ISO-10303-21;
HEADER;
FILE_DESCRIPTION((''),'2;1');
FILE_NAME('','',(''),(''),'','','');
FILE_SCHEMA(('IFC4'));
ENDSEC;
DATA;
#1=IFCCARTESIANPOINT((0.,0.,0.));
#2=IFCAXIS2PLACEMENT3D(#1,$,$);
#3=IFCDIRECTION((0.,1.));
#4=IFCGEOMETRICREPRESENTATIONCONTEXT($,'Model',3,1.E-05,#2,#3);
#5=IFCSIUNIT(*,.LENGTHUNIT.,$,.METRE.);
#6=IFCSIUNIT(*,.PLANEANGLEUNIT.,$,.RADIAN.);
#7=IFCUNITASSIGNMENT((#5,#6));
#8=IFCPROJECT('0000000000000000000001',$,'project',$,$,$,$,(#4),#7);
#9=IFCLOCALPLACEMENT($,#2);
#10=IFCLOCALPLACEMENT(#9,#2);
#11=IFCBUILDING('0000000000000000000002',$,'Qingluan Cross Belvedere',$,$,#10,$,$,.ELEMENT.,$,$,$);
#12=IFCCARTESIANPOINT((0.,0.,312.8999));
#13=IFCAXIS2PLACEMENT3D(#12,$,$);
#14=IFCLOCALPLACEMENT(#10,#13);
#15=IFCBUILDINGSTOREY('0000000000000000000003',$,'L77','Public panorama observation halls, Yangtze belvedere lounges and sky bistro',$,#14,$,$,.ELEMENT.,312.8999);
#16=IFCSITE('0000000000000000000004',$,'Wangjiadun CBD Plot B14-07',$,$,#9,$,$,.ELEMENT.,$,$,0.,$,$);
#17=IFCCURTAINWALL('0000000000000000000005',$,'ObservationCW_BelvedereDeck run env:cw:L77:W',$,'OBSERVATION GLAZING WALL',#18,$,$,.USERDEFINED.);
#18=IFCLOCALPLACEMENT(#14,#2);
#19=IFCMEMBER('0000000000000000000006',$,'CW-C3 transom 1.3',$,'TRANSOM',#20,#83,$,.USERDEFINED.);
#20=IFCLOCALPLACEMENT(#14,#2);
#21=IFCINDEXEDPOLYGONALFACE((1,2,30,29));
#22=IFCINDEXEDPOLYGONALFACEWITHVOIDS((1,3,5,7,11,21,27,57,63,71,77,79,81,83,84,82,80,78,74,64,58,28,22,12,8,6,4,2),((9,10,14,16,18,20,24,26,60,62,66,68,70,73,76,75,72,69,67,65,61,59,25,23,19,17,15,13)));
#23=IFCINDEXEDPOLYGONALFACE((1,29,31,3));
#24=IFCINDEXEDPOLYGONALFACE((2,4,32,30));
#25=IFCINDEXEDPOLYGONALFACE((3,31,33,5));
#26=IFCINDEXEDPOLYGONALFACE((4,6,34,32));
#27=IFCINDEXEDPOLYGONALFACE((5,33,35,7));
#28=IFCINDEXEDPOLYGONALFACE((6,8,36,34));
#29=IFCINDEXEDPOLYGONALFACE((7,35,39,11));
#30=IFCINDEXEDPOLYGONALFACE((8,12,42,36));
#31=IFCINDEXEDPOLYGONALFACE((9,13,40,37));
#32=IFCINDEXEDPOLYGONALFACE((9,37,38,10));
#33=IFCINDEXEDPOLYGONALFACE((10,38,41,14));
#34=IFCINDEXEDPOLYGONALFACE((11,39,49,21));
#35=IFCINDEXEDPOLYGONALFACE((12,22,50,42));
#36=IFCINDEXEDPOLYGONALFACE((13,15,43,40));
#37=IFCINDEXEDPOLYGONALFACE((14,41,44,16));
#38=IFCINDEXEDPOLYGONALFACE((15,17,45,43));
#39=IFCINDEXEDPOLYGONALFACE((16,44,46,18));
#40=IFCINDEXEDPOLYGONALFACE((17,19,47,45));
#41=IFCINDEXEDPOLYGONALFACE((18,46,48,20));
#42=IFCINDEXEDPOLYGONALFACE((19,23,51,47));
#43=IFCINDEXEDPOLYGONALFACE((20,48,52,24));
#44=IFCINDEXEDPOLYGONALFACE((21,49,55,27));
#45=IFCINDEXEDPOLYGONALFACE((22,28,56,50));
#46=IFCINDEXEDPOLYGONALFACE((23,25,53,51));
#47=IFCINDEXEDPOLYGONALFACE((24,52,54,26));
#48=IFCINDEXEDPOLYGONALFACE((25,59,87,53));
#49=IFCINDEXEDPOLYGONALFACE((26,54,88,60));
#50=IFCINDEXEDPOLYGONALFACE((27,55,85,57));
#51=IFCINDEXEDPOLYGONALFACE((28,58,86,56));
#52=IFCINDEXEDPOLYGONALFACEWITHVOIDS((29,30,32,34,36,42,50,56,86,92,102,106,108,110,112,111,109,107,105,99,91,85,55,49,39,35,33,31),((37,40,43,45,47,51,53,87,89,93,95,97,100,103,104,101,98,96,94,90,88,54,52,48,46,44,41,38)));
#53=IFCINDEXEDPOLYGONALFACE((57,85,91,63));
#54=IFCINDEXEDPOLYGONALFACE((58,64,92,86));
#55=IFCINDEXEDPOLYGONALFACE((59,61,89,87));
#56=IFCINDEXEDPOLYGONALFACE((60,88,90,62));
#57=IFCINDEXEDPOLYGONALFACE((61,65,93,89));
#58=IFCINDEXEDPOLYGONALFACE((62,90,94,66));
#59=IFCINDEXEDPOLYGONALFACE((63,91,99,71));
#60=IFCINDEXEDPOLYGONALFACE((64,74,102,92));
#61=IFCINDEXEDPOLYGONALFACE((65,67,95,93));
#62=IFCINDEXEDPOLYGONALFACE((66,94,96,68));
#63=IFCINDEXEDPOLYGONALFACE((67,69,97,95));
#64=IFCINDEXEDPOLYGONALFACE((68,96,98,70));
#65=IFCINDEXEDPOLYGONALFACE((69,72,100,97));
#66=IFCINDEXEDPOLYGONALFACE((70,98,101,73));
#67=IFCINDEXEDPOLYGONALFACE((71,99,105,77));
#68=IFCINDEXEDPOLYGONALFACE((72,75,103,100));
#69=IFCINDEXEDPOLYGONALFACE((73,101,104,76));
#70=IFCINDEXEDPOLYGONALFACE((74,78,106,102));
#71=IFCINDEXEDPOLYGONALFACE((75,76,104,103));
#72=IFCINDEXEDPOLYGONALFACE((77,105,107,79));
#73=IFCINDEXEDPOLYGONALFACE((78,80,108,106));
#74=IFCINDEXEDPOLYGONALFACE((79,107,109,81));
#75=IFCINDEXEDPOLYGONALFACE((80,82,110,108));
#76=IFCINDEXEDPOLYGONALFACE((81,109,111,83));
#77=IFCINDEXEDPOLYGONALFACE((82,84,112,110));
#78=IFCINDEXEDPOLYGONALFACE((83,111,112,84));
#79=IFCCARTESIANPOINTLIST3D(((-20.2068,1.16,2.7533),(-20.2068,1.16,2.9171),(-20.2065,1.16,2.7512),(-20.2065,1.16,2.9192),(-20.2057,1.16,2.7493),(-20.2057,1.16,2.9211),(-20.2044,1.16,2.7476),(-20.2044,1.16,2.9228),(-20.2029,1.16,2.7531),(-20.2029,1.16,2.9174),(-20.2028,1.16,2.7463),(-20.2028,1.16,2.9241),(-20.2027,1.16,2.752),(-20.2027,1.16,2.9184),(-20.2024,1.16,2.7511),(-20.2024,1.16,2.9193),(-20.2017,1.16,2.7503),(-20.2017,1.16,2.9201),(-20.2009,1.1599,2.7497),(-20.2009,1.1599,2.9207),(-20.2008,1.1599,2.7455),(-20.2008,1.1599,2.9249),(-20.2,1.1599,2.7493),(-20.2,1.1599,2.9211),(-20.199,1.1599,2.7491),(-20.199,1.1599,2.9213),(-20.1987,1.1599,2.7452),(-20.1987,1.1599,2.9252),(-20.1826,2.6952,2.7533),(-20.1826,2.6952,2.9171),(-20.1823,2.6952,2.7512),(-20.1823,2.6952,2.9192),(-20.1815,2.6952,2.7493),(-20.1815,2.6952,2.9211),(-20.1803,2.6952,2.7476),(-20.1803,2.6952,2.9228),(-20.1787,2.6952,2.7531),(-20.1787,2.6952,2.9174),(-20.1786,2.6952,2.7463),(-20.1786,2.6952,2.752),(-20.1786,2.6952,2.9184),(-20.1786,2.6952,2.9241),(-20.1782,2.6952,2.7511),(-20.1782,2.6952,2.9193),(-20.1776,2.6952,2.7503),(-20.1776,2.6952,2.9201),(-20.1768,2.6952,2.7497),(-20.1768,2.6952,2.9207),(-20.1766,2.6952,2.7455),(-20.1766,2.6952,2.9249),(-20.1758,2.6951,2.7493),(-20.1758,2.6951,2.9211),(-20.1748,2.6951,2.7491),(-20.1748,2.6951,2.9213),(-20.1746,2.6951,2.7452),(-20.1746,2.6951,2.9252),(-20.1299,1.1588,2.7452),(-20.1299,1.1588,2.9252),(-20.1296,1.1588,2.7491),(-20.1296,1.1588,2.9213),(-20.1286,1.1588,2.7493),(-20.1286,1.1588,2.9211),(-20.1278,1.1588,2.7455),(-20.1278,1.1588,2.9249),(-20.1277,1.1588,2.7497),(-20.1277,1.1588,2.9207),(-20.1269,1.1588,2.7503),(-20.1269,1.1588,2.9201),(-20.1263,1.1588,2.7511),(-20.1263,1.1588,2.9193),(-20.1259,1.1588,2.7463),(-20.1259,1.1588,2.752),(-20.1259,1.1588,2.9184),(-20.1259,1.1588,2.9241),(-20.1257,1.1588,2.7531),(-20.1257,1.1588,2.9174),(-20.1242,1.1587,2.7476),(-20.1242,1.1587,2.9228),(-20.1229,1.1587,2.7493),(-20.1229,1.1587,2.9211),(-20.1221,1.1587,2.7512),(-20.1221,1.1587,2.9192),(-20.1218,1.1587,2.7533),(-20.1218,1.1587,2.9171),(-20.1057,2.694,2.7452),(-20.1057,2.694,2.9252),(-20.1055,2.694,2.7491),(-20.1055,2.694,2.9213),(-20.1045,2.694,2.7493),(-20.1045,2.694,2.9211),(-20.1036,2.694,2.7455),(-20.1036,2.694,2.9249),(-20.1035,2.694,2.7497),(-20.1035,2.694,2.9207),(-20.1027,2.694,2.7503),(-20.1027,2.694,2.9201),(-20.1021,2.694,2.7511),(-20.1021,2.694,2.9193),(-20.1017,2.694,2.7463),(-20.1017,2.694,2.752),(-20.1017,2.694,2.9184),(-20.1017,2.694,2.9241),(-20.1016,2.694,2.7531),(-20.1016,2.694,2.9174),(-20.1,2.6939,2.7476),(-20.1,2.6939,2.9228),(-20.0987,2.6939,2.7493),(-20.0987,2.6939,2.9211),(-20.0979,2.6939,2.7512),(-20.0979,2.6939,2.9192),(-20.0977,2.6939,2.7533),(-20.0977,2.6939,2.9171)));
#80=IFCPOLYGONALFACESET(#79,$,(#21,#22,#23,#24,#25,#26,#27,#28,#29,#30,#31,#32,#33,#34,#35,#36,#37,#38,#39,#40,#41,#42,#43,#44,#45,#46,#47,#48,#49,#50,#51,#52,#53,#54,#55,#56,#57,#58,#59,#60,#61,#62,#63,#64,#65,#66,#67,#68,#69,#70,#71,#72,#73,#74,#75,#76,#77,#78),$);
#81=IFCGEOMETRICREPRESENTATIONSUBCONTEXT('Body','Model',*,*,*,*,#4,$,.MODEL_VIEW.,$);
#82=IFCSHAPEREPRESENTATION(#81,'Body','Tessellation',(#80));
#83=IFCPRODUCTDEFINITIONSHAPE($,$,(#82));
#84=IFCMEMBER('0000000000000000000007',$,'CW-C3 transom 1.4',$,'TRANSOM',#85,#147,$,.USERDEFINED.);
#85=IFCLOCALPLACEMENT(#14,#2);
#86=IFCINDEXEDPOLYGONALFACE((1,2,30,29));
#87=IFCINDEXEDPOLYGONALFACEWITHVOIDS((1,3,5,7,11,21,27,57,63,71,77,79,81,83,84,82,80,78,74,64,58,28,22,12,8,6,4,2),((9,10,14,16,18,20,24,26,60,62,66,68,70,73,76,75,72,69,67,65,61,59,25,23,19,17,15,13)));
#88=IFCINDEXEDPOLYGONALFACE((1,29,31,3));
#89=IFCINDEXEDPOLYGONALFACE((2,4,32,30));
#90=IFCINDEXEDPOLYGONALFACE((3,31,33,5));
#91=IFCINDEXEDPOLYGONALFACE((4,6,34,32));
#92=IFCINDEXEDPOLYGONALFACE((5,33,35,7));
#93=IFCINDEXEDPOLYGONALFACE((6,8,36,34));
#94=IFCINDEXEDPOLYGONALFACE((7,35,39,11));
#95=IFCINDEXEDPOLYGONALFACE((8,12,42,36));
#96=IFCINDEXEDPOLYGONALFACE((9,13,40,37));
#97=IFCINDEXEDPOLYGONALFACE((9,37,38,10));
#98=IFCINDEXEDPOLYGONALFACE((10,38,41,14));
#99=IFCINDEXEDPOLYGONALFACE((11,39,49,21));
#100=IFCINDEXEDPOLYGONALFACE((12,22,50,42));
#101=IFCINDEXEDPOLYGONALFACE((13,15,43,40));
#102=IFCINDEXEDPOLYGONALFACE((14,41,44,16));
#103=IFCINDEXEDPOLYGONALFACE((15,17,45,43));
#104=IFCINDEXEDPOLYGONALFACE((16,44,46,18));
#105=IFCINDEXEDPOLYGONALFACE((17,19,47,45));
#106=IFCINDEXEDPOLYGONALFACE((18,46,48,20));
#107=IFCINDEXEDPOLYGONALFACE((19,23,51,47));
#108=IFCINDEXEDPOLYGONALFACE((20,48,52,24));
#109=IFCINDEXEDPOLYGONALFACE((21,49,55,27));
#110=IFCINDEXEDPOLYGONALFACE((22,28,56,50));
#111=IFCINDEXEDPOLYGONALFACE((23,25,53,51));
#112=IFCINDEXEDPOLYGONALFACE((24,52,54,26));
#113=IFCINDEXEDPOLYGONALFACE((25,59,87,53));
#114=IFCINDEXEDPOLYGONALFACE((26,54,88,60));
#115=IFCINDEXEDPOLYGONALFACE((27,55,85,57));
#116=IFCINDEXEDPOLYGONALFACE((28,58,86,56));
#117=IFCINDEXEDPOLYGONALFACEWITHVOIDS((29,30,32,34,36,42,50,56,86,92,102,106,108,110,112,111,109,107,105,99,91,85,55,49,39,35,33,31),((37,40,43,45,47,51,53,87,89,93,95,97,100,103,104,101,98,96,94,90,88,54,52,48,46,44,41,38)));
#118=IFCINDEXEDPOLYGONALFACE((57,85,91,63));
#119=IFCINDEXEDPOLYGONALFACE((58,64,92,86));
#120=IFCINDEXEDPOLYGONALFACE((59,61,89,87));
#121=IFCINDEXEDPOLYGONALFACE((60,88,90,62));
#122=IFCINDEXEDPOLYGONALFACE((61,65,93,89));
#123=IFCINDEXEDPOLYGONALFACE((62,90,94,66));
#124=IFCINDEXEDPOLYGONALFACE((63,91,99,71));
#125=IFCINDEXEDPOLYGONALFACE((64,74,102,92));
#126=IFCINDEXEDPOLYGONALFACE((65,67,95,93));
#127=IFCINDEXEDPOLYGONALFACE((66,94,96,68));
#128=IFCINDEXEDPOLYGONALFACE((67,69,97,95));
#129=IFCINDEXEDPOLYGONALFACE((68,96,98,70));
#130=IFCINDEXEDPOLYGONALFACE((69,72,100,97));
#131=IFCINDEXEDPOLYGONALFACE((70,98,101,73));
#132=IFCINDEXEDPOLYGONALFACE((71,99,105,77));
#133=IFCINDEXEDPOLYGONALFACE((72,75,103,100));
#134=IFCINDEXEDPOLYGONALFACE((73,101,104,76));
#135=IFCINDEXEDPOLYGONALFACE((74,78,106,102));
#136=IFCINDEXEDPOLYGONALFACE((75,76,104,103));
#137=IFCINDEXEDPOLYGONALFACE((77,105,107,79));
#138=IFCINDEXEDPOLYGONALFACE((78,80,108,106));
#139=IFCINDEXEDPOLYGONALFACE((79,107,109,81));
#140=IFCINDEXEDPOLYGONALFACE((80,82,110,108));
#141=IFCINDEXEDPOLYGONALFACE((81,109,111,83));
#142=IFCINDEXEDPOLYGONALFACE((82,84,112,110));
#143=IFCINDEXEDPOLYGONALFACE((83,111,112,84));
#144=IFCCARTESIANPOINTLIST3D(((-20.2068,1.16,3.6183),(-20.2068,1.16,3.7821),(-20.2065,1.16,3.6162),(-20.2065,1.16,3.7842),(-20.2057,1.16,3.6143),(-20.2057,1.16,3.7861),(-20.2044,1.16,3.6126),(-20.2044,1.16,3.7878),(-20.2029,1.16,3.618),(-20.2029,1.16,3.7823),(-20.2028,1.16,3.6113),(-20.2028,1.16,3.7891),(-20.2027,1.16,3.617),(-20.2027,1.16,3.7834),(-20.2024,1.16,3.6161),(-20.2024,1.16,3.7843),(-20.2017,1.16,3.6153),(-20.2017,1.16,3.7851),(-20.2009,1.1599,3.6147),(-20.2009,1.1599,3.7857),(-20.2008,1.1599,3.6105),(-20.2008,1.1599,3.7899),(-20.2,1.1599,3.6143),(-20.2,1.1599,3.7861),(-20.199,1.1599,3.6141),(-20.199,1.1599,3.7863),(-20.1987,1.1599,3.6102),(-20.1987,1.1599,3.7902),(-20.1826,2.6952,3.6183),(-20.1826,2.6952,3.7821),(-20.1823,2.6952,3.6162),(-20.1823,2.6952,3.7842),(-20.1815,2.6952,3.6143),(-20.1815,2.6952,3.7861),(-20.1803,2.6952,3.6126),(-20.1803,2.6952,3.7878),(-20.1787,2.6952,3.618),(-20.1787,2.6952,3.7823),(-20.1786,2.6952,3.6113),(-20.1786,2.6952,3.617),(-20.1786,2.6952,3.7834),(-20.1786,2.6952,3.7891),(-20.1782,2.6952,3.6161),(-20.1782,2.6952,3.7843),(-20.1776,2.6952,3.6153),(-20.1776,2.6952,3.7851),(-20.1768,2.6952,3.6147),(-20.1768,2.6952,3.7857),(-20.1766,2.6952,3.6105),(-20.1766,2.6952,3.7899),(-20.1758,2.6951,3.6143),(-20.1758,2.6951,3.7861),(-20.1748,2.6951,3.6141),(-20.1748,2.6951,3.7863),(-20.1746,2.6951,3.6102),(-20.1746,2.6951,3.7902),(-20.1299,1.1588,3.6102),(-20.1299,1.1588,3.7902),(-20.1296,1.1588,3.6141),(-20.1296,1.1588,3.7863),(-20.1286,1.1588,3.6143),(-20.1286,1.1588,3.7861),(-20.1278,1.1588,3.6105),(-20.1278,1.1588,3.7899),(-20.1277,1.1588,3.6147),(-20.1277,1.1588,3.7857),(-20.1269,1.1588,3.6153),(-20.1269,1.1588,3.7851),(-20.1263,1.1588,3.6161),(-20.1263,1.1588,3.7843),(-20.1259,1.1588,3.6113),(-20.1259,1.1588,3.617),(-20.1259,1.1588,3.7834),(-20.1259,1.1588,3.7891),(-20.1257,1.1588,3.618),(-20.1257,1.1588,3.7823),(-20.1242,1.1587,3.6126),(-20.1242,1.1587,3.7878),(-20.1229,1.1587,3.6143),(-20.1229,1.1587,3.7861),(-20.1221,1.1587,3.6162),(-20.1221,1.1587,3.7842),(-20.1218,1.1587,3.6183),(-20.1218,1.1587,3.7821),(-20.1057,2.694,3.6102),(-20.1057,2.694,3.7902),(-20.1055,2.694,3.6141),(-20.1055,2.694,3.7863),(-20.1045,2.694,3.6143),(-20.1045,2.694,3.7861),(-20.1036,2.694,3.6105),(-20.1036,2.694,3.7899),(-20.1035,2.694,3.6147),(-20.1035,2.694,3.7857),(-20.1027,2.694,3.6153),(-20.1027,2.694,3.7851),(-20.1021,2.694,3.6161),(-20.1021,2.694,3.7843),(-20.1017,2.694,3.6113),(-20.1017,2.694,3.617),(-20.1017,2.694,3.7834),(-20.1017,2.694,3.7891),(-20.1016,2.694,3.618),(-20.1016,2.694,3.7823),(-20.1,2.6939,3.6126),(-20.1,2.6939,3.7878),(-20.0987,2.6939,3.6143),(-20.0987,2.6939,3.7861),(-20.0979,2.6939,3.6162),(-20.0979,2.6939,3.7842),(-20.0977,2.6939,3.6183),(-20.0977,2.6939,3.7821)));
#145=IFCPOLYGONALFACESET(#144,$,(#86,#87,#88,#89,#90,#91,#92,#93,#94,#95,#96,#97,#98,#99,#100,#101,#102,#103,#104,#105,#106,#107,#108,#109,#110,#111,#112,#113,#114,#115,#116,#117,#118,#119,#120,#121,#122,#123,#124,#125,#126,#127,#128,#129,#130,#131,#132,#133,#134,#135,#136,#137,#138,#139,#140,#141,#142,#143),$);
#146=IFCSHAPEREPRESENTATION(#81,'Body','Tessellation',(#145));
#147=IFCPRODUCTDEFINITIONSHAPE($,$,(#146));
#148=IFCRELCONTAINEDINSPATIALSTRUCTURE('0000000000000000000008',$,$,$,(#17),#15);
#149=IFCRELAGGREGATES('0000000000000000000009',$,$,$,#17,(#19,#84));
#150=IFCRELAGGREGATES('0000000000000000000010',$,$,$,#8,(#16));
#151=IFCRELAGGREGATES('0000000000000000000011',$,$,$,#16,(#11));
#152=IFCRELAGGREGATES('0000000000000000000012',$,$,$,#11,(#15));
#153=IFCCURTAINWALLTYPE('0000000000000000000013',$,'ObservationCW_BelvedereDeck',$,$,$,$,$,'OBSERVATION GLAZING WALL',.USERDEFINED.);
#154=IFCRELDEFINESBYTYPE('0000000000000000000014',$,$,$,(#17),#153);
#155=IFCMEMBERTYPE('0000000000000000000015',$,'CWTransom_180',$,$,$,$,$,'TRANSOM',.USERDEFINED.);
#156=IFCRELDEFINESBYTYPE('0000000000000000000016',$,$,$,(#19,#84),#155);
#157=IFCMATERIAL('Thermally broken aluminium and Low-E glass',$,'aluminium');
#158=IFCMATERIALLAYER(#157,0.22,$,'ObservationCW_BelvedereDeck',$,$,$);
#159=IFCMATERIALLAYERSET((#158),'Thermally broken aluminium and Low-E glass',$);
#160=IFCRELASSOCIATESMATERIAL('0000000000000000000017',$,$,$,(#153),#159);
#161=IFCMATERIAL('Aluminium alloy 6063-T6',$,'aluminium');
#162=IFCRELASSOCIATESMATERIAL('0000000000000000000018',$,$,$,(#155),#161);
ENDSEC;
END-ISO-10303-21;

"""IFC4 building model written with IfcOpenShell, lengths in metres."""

from ifc_helpers import new_model, si_unit, direction, frame, origin, origin_2d, place, context, subcontext, project, spatial, hollow_rectangle, extrude, material, layer, layer_set, material_profile, profile_set, type_object, element, aggregate, save


model = new_model("IFC4")

# Units and contexts
model_context = context("Model", 3, precision=1e-05, world=origin(), true_north=direction((0.0, 1.0)))
body_context = subcontext(model_context, "Body", "Model", "MODEL_VIEW")
ifc_project = project(units=[si_unit("LENGTHUNIT", "METRE"), si_unit("PLANEANGLEUNIT", "RADIAN")], contexts=[model_context])

# Site, building, storey
site_placement = place(None, origin())
site = spatial("IfcSite", under=ifc_project, at=site_placement, Name="Wangjiadun CBD Plot B14-07", CompositionType="ELEMENT", RefElevation=0.0)
building_placement = place(site_placement, origin())
building = spatial("IfcBuilding", under=site, at=building_placement, Name="Qingluan Cross Belvedere", CompositionType="ELEMENT")
storey_placement = place(building_placement, frame((0.0, 0.0, 312.8999)))
storey = spatial("IfcBuildingStorey", under=building, at=storey_placement, Name="L77", Description="Public panorama observation halls, Yangtze belvedere lounges and sky bistro", CompositionType="ELEMENT", Elevation=312.8999)

# Curtain wall, members
ifc_material_1 = material(Name="Thermally broken aluminium and Low-E glass", Category="aluminium")
ifc_layer_1 = layer(ifc_material_1, 0.22, Name="ObservationCW_BelvedereDeck")
ifc_layer_set_1 = layer_set([ifc_layer_1], Name="Thermally broken aluminium and Low-E glass")
curtain_wall_type = type_object("IfcCurtainWallType", Name="ObservationCW_BelvedereDeck", ElementType="OBSERVATION GLAZING WALL", PredefinedType="USERDEFINED", material=ifc_layer_set_1)
curtain_wall_placement = place(storey_placement, origin())
curtain_wall = element("IfcCurtainWall", 1, at=curtain_wall_placement, inside=storey, type_object=curtain_wall_type, Name="ObservationCW_BelvedereDeck run env:cw:L77:W", ObjectType="OBSERVATION GLAZING WALL", PredefinedType="USERDEFINED")
ifc_material_2 = material(Name="Aluminium alloy 6063-T6", Category="aluminium")
ifc_material_profile_1 = material_profile(ifc_material_2, hollow_rectangle(XDim=0.085, YDim=0.1799, WallThickness=0.0039, InnerFilletRadius=0.0039, OuterFilletRadius=0.0081, at=origin_2d()), Name="CWT180x85x4")
ifc_profile_set_1 = profile_set([ifc_material_profile_1], Name="Aluminium alloy 6063-T6")
member_type_1 = type_object("IfcMemberType", Name="CWTransom_180", ElementType="TRANSOM", PredefinedType="USERDEFINED", material=ifc_profile_set_1)
member_1_placement = place(storey_placement, frame((-20.1401, 2.6946, 2.8352), z_axis=(-0.015742, -0.999876, 0.0), x_axis=(0.999876, -0.015742, 0.0)))
member_1 = element("IfcMember", 2, at=member_1_placement, type_object=member_type_1, Name="CW-C3 transom 1.3", ObjectType="TRANSOM", PredefinedType="USERDEFINED", context=body_context, shape_type="SweptSolid", body=[
    extrude(hollow_rectangle(XDim=0.085, YDim=0.1799, WallThickness=0.0039, InnerFilletRadius=0.0039, OuterFilletRadius=0.0081, at=origin_2d()), origin(), (0.0, 0.0, 1.0), 1.5354),
])
member_2_placement = place(storey_placement, frame((-20.1401, 2.6946, 3.7002), z_axis=(-0.015742, -0.999876, 0.0), x_axis=(0.999876, -0.015742, 0.0)))
member_2 = element("IfcMember", 3, at=member_2_placement, type_object=member_type_1, Name="CW-C3 transom 1.4", ObjectType="TRANSOM", PredefinedType="USERDEFINED", context=body_context, shape_type="SweptSolid", body=[
    extrude(hollow_rectangle(XDim=0.085, YDim=0.1799, WallThickness=0.0039, InnerFilletRadius=0.0039, OuterFilletRadius=0.0081, at=origin_2d()), origin(), (0.0, 0.0, 1.0), 1.5354),
])
aggregate(curtain_wall, [member_1, member_2])

save(model, "model.ifc")
